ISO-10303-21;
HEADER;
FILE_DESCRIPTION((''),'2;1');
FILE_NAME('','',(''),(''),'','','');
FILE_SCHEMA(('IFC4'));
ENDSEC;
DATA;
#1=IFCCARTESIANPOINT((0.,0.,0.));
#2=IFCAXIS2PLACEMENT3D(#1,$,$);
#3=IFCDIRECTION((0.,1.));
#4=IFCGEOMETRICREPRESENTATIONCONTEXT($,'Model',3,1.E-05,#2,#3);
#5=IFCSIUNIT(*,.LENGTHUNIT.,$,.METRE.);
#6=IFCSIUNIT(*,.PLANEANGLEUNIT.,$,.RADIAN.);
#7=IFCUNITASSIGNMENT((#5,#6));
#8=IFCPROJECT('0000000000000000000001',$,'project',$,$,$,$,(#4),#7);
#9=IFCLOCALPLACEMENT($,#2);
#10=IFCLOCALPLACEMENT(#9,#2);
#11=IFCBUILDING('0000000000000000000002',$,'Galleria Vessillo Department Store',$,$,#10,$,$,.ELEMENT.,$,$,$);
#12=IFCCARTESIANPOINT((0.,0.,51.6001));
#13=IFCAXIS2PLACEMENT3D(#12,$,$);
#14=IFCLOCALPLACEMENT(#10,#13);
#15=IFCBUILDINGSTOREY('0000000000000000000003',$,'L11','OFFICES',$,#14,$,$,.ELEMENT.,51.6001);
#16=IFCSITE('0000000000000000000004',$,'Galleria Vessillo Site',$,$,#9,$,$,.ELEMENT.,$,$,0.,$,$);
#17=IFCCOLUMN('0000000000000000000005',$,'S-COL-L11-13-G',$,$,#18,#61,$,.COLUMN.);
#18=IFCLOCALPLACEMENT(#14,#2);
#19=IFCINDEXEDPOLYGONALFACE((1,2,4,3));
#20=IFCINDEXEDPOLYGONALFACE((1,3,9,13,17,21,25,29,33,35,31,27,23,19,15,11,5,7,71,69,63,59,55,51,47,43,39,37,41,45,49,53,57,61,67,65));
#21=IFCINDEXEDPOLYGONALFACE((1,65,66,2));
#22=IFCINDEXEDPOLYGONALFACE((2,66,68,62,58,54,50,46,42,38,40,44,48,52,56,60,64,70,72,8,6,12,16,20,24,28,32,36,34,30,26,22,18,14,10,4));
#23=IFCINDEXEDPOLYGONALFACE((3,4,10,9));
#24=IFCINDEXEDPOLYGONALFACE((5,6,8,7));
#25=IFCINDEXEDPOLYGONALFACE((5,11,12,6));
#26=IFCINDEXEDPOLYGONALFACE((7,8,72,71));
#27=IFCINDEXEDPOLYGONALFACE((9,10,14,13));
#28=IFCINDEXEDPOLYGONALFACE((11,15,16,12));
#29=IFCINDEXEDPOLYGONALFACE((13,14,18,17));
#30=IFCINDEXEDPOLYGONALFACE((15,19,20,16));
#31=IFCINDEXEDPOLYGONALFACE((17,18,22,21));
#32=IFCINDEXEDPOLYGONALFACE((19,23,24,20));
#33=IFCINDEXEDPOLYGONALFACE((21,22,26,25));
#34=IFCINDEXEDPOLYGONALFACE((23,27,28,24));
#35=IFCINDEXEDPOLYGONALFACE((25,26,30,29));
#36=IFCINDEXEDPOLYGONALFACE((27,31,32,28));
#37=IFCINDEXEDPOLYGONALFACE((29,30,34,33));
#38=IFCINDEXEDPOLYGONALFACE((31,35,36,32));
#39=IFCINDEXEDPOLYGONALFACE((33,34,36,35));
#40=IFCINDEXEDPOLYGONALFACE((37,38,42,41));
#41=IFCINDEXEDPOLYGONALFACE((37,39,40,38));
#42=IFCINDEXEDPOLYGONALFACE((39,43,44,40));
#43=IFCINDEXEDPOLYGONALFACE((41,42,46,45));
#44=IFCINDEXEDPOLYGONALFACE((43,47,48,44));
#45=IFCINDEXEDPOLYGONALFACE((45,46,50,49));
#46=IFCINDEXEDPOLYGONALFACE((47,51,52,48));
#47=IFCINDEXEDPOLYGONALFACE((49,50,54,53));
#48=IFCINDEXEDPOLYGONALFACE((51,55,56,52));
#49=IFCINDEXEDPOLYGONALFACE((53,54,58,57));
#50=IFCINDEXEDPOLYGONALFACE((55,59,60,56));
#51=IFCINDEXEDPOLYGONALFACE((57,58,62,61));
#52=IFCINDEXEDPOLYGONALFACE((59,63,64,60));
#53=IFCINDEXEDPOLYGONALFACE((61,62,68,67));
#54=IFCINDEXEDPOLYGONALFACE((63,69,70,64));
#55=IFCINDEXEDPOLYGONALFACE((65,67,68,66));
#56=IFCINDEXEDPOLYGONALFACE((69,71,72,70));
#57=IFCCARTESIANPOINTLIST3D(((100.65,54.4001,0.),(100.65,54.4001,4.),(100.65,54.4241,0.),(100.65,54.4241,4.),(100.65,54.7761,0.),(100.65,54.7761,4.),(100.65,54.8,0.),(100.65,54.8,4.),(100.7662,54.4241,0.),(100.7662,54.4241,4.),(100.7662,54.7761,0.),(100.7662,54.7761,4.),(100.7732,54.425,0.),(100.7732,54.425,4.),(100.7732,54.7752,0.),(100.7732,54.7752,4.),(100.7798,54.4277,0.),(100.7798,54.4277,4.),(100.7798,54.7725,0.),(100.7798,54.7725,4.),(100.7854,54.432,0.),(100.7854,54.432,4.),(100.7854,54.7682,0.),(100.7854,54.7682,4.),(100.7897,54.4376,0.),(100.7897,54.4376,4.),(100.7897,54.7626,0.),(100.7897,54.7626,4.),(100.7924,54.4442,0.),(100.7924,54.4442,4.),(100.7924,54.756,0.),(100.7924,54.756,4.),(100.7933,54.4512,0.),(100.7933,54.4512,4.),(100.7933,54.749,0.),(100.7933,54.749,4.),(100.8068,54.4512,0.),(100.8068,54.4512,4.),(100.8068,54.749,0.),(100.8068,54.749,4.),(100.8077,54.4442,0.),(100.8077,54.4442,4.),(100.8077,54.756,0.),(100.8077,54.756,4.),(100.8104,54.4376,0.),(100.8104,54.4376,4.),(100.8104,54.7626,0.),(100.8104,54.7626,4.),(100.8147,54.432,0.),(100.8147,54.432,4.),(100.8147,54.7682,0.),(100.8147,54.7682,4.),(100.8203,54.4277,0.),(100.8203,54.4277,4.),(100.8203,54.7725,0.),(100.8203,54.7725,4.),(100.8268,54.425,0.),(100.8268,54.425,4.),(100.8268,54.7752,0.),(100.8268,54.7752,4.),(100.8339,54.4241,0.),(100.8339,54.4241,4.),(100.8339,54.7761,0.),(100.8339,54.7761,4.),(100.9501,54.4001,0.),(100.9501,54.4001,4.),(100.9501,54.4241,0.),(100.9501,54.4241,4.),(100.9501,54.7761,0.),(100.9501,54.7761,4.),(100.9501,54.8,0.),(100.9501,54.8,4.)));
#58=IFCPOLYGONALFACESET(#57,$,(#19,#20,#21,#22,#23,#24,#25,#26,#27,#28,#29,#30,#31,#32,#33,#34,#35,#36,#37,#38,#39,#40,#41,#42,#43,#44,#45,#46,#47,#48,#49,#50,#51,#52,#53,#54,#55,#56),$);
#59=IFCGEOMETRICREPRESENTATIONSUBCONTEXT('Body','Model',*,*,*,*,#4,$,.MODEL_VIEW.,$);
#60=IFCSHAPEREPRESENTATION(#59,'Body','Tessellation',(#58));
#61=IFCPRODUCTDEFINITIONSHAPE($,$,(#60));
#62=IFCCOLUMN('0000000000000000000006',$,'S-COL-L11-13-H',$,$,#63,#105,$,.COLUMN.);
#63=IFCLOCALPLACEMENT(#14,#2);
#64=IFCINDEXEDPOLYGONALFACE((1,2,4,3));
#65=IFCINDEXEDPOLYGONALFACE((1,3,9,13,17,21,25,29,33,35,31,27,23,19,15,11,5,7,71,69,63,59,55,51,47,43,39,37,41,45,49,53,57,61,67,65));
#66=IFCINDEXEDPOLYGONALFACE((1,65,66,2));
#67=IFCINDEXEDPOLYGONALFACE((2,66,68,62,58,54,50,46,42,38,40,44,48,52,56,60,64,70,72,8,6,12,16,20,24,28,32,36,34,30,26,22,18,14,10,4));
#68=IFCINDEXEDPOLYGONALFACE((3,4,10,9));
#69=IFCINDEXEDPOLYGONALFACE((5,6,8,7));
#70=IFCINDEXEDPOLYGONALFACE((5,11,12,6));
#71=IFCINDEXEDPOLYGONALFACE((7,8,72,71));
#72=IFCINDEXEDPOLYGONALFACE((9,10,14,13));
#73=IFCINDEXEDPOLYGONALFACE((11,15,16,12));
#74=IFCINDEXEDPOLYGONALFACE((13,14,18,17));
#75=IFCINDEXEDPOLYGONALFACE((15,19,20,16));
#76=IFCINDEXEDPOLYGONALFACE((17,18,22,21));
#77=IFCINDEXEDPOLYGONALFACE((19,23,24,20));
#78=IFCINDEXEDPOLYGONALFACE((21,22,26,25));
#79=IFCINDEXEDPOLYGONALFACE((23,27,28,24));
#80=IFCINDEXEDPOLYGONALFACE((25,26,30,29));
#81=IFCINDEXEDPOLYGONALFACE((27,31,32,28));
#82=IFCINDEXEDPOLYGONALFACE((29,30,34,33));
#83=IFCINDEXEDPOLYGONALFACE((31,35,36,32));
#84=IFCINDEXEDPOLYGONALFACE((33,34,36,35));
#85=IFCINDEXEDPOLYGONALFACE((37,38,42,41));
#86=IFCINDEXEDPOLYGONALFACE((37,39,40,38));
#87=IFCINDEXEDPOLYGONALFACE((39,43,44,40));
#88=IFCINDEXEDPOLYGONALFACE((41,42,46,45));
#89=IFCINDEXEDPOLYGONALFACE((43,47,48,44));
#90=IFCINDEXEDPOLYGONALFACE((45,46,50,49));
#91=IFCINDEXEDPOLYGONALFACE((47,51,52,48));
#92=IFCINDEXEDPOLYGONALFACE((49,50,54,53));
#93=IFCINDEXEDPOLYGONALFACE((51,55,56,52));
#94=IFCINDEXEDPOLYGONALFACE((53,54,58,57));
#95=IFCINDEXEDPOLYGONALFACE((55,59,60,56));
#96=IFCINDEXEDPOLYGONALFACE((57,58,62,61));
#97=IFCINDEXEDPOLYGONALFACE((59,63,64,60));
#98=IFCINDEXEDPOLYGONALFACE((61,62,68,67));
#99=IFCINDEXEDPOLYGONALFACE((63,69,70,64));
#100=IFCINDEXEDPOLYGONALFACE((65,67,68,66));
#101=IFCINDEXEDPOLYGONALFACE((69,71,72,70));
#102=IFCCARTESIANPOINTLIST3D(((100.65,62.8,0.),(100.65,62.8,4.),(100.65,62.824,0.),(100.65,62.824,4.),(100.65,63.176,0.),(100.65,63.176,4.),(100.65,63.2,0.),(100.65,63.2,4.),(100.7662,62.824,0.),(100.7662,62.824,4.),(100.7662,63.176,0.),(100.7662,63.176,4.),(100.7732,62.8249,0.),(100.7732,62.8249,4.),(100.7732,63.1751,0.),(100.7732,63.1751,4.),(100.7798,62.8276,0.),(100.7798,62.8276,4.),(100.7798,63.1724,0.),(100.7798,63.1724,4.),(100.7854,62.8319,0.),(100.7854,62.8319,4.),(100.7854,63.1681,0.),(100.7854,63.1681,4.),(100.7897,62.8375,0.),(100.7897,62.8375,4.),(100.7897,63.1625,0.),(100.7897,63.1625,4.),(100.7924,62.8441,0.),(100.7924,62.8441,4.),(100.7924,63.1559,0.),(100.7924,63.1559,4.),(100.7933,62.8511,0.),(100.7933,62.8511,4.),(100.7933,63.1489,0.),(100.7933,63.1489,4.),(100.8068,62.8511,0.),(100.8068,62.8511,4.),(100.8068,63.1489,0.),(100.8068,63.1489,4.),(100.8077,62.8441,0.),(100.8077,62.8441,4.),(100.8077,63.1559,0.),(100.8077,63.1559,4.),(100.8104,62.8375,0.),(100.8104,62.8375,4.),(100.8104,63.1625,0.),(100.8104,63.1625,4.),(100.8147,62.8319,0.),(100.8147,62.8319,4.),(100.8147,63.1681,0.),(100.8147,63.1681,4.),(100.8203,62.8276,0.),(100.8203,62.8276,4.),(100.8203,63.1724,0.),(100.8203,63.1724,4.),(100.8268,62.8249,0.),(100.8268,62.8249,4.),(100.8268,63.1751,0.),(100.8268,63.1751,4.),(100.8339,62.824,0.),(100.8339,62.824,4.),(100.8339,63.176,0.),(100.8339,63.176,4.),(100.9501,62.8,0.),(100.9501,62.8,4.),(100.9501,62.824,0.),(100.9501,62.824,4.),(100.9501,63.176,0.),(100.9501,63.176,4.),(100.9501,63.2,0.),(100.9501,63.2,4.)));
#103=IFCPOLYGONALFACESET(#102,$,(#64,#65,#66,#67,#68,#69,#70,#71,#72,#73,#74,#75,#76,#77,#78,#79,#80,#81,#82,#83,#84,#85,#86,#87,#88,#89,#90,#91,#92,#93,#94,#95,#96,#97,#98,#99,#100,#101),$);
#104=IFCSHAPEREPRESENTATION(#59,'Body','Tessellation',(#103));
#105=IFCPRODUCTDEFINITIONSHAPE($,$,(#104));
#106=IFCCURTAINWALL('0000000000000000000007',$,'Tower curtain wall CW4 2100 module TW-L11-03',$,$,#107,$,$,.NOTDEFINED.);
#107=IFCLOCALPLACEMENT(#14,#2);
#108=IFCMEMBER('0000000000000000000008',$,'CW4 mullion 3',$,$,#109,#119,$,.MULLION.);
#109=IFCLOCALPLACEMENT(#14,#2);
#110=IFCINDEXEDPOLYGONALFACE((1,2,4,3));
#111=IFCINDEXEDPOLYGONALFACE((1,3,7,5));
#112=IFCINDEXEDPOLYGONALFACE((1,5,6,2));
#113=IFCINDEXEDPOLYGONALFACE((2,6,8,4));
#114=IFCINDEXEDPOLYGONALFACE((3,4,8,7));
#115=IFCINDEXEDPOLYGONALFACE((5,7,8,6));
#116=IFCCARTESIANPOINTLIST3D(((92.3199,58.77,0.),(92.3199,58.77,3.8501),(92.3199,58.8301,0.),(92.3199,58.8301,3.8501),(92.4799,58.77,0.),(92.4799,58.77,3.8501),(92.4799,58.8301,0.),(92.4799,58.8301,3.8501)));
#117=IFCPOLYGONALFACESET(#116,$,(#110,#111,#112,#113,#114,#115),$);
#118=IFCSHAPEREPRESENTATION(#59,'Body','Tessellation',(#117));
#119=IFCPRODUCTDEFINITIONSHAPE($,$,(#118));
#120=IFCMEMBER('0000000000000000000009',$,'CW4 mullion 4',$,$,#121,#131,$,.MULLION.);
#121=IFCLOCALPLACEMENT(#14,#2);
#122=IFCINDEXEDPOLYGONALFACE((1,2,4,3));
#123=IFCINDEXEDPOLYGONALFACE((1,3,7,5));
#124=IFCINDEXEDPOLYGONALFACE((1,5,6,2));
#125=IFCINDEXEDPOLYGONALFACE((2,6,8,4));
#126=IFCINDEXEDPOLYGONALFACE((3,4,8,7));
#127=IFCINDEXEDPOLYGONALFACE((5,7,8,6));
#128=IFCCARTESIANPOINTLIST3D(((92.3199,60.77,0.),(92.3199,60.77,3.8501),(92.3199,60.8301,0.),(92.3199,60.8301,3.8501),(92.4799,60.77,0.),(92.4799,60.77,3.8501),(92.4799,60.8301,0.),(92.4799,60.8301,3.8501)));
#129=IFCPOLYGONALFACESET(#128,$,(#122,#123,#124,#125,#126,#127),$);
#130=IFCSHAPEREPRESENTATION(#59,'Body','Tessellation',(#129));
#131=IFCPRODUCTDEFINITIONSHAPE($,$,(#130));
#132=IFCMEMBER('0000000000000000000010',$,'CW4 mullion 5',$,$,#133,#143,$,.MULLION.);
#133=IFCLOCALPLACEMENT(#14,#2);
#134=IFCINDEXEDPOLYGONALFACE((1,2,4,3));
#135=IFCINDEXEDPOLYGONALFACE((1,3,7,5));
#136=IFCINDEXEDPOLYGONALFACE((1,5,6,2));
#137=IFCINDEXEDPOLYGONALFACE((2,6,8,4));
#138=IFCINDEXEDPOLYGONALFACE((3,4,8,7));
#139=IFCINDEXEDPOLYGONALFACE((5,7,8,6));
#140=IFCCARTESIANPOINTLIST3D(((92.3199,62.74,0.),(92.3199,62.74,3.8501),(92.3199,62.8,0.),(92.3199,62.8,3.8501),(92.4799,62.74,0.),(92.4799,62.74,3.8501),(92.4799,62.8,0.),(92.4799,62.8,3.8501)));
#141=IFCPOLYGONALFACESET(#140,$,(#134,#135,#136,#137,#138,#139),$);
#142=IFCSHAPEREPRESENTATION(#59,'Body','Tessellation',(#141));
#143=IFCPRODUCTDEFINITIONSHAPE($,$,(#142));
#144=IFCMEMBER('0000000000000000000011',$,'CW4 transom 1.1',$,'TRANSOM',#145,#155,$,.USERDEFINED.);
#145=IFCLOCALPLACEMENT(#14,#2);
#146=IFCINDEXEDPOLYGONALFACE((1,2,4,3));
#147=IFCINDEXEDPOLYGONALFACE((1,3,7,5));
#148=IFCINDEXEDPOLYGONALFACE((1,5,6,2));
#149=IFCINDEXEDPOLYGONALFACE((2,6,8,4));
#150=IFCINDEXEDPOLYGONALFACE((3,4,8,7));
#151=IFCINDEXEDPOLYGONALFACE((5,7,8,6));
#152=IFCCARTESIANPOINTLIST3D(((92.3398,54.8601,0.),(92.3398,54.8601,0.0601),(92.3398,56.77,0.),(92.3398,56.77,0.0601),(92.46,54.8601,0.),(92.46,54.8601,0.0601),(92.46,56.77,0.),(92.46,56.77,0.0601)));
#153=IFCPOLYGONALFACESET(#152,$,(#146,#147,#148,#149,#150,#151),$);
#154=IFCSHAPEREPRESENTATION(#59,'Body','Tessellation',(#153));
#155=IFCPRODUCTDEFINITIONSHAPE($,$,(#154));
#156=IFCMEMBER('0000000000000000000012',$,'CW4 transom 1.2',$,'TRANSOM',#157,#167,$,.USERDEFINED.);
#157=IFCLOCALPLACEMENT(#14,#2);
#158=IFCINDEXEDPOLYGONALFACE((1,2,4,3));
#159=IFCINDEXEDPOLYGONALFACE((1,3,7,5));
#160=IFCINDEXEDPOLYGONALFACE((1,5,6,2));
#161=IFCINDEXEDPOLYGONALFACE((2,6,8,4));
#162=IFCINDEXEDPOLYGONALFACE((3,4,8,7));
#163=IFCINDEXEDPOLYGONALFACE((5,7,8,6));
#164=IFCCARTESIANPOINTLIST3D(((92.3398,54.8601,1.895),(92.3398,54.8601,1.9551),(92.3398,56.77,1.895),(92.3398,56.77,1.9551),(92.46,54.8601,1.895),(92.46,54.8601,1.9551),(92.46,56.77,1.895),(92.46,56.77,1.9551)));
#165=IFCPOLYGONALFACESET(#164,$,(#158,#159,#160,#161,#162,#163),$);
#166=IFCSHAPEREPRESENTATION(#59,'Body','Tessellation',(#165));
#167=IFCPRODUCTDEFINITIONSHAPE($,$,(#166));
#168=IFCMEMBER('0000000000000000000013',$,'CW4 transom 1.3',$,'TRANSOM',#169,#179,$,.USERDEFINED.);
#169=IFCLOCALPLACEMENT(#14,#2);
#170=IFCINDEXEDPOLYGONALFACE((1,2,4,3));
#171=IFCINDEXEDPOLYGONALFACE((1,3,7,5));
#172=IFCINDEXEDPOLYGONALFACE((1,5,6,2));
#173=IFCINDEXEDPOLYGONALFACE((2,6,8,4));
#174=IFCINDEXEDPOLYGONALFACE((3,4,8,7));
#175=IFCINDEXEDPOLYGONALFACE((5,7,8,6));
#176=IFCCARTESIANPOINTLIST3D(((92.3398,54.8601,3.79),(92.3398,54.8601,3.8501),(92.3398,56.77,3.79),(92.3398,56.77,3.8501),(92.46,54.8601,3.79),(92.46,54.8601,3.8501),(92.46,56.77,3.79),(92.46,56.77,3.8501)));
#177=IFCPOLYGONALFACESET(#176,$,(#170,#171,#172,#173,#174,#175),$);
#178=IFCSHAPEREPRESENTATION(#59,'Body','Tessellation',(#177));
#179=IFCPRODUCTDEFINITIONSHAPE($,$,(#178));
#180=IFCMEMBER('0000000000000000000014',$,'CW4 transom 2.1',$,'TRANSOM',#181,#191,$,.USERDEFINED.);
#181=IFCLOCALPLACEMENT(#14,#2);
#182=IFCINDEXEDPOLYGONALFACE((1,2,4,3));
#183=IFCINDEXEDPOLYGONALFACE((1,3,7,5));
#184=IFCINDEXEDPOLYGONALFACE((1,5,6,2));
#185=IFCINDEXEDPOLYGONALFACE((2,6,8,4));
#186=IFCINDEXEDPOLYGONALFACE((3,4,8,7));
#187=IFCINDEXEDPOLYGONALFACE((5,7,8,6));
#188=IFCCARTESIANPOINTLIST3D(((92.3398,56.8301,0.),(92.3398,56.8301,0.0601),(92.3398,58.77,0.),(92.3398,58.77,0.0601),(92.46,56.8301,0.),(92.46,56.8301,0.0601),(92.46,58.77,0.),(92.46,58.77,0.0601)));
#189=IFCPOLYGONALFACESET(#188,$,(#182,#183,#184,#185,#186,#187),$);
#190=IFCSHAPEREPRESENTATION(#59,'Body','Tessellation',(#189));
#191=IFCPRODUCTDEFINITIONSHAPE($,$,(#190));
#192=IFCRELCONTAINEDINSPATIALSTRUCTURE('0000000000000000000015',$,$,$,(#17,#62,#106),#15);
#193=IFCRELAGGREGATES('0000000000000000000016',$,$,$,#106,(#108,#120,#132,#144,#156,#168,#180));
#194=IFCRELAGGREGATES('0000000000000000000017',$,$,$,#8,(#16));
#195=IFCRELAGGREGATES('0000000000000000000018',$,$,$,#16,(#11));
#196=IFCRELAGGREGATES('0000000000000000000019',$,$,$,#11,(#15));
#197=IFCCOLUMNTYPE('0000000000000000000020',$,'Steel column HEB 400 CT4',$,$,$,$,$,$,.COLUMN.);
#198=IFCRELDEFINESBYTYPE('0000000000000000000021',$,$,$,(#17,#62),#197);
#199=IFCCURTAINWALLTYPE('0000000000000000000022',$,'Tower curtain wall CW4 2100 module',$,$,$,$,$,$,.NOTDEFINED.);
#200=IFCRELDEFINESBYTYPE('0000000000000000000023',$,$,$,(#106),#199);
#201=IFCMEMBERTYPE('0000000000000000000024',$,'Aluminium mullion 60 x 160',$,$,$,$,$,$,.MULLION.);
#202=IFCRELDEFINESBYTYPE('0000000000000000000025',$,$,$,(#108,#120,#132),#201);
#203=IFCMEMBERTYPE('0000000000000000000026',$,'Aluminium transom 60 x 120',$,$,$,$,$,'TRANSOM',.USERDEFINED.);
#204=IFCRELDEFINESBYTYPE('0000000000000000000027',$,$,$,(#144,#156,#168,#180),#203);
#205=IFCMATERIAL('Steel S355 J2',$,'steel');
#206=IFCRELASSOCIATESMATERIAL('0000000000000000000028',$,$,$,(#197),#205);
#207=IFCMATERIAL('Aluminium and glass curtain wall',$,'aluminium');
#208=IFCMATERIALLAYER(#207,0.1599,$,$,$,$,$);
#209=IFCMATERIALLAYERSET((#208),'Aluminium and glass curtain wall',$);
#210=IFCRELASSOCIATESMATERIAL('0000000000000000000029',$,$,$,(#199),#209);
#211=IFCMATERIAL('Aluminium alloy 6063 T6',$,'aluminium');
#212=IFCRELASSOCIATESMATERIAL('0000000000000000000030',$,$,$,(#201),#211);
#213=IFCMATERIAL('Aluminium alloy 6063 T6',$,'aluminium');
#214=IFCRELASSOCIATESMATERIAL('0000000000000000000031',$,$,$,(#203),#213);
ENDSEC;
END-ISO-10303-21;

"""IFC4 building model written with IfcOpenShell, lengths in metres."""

from ifc_helpers import new_model, si_unit, direction, frame, origin, origin_2d, place, context, subcontext, project, spatial, rectangle, i_section, extrude, material, layer, layer_set, material_profile, profile_set, type_object, element, aggregate, save


model = new_model("IFC4")

# Units and contexts
model_context = context("Model", 3, precision=1e-05, world=origin(), true_north=direction((0.0, 1.0)))
body_context = subcontext(model_context, "Body", "Model", "MODEL_VIEW")
ifc_project = project(units=[si_unit("LENGTHUNIT", "METRE"), si_unit("PLANEANGLEUNIT", "RADIAN")], contexts=[model_context])

# Site, building, storey
site_placement = place(None, origin())
site = spatial("IfcSite", under=ifc_project, at=site_placement, Name="Galleria Vessillo Site", CompositionType="ELEMENT", RefElevation=0.0)
building_placement = place(site_placement, origin())
building = spatial("IfcBuilding", under=site, at=building_placement, Name="Galleria Vessillo Department Store", CompositionType="ELEMENT")
storey_placement = place(building_placement, frame((0.0, 0.0, 51.6001)))
storey = spatial("IfcBuildingStorey", under=building, at=storey_placement, Name="L11", Description="OFFICES", CompositionType="ELEMENT", Elevation=51.6001)

# Columns
ifc_material_1 = material(Name="Steel S355 J2", Category="steel")
ifc_material_profile_1 = material_profile(ifc_material_1, i_section(OverallWidth=0.3, OverallDepth=0.3999, WebThickness=0.0134, FlangeThickness=0.0239, FilletRadius=0.0271, at=origin_2d()), Name="HEB 400")
ifc_profile_set_1 = profile_set([ifc_material_profile_1], Name="Steel S355 J2")
column_type = type_object("IfcColumnType", Name="Steel column HEB 400 CT4", PredefinedType="COLUMN", material=ifc_profile_set_1)
for number, where, z_axis, x_axis, name in (
    (1, (100.8, 54.6001, 0.0), (0.0, 0.0, 1.0), (1.0, 0.0, 0.0), "S-COL-L11-13-G"),
    (2, (100.8, 63.0, 0.0), (0.0, 0.0, 1.0), (1.0, 0.0, 0.0), "S-COL-L11-13-H"),
):
    element("IfcColumn", number, at=place(storey_placement, frame(where, z_axis=z_axis, x_axis=x_axis)), inside=storey, type_object=column_type, Name=name, PredefinedType="COLUMN", context=body_context, shape_type="SweptSolid", body=[
        extrude(i_section(OverallWidth=0.3, OverallDepth=0.3999, WebThickness=0.0134, FlangeThickness=0.0239, FilletRadius=0.0271, at=origin_2d()), origin(), (0.0, 0.0, 1.0), 4.0),
    ])

# Curtain wall, members
ifc_material_2 = material(Name="Aluminium and glass curtain wall", Category="aluminium")
ifc_layer_1 = layer(ifc_material_2, 0.1599)
ifc_layer_set_1 = layer_set([ifc_layer_1], Name="Aluminium and glass curtain wall")
curtain_wall_type = type_object("IfcCurtainWallType", Name="Tower curtain wall CW4 2100 module", PredefinedType="NOTDEFINED", material=ifc_layer_set_1)
curtain_wall_placement = place(storey_placement, origin())
curtain_wall = element("IfcCurtainWall", 3, at=curtain_wall_placement, inside=storey, type_object=curtain_wall_type, Name="Tower curtain wall CW4 2100 module TW-L11-03", PredefinedType="NOTDEFINED")
ifc_material_3 = material(Name="Aluminium alloy 6063 T6", Category="aluminium")
ifc_material_profile_2 = material_profile(ifc_material_3, rectangle(XDim=0.1599, YDim=0.0601, at=origin_2d()), Name="AL 60x160")
ifc_profile_set_2 = profile_set([ifc_material_profile_2], Name="Aluminium alloy 6063 T6")
member_type_1 = type_object("IfcMemberType", Name="Aluminium mullion 60 x 160", PredefinedType="MULLION", material=ifc_profile_set_2)
member_1_placement = place(storey_placement, frame((92.3999, 58.8, 0.0), z_axis=(0.0, 0.0, 1.0), x_axis=(-1.0, 0.0, 0.0)))
member_1 = element("IfcMember", 4, at=member_1_placement, type_object=member_type_1, Name="CW4 mullion 3", PredefinedType="MULLION", context=body_context, shape_type="SweptSolid", body=[
    extrude(rectangle(XDim=0.1599, YDim=0.0601, at=origin_2d()), origin(), (0.0, 0.0, 1.0), 3.8501),
])
member_2_placement = place(storey_placement, frame((92.3999, 60.8, 0.0), z_axis=(0.0, 0.0, 1.0), x_axis=(-1.0, 0.0, 0.0)))
member_2 = element("IfcMember", 5, at=member_2_placement, type_object=member_type_1, Name="CW4 mullion 4", PredefinedType="MULLION", context=body_context, shape_type="SweptSolid", body=[
    extrude(rectangle(XDim=0.1599, YDim=0.0601, at=origin_2d()), origin(), (0.0, 0.0, 1.0), 3.8501),
])
member_3_placement = place(storey_placement, frame((92.3999, 62.77, 0.0), z_axis=(0.0, 0.0, 1.0), x_axis=(-1.0, 0.0, 0.0)))
member_3 = element("IfcMember", 6, at=member_3_placement, type_object=member_type_1, Name="CW4 mullion 5", PredefinedType="MULLION", context=body_context, shape_type="SweptSolid", body=[
    extrude(rectangle(XDim=0.1599, YDim=0.0601, at=origin_2d()), origin(), (0.0, 0.0, 1.0), 3.8501),
])
ifc_material_4 = material(Name="Aluminium alloy 6063 T6", Category="aluminium")
ifc_material_profile_3 = material_profile(ifc_material_4, rectangle(XDim=0.1201, YDim=0.0601, at=origin_2d()), Name="AL 60x120")
ifc_profile_set_3 = profile_set([ifc_material_profile_3], Name="Aluminium alloy 6063 T6")
member_type_2 = type_object("IfcMemberType", Name="Aluminium transom 60 x 120", ElementType="TRANSOM", PredefinedType="USERDEFINED", material=ifc_profile_set_3)
member_4_placement = place(storey_placement, frame((92.3999, 54.8601, 0.03), z_axis=(0.0, 1.0, 0.0), x_axis=(-1.0, 0.0, 0.0)))
member_4 = element("IfcMember", 7, at=member_4_placement, type_object=member_type_2, Name="CW4 transom 1.1", ObjectType="TRANSOM", PredefinedType="USERDEFINED", context=body_context, shape_type="SweptSolid", body=[
    extrude(rectangle(XDim=0.1201, YDim=0.0601, at=origin_2d()), origin(), (0.0, 0.0, 1.0), 1.9099),
])
member_5_placement = place(storey_placement, frame((92.3999, 54.8601, 1.925), z_axis=(0.0, 1.0, 0.0), x_axis=(-1.0, 0.0, 0.0)))
member_5 = element("IfcMember", 8, at=member_5_placement, type_object=member_type_2, Name="CW4 transom 1.2", ObjectType="TRANSOM", PredefinedType="USERDEFINED", context=body_context, shape_type="SweptSolid", body=[
    extrude(rectangle(XDim=0.1201, YDim=0.0601, at=origin_2d()), origin(), (0.0, 0.0, 1.0), 1.9099),
])
member_6_placement = place(storey_placement, frame((92.3999, 54.8601, 3.8201), z_axis=(0.0, 1.0, 0.0), x_axis=(-1.0, 0.0, 0.0)))
member_6 = element("IfcMember", 9, at=member_6_placement, type_object=member_type_2, Name="CW4 transom 1.3", ObjectType="TRANSOM", PredefinedType="USERDEFINED", context=body_context, shape_type="SweptSolid", body=[
    extrude(rectangle(XDim=0.1201, YDim=0.0601, at=origin_2d()), origin(), (0.0, 0.0, 1.0), 1.9099),
])
member_7_placement = place(storey_placement, frame((92.3999, 56.8301, 0.03), z_axis=(0.0, 1.0, 0.0), x_axis=(-1.0, 0.0, 0.0)))
member_7 = element("IfcMember", 10, at=member_7_placement, type_object=member_type_2, Name="CW4 transom 2.1", ObjectType="TRANSOM", PredefinedType="USERDEFINED", context=body_context, shape_type="SweptSolid", body=[
    extrude(rectangle(XDim=0.1201, YDim=0.0601, at=origin_2d()), origin(), (0.0, 0.0, 1.0), 1.9399),
])

aggregate(curtain_wall, [member_1, member_2, member_3, member_4, member_5, member_6, member_7])

save(model, "model.ifc")
